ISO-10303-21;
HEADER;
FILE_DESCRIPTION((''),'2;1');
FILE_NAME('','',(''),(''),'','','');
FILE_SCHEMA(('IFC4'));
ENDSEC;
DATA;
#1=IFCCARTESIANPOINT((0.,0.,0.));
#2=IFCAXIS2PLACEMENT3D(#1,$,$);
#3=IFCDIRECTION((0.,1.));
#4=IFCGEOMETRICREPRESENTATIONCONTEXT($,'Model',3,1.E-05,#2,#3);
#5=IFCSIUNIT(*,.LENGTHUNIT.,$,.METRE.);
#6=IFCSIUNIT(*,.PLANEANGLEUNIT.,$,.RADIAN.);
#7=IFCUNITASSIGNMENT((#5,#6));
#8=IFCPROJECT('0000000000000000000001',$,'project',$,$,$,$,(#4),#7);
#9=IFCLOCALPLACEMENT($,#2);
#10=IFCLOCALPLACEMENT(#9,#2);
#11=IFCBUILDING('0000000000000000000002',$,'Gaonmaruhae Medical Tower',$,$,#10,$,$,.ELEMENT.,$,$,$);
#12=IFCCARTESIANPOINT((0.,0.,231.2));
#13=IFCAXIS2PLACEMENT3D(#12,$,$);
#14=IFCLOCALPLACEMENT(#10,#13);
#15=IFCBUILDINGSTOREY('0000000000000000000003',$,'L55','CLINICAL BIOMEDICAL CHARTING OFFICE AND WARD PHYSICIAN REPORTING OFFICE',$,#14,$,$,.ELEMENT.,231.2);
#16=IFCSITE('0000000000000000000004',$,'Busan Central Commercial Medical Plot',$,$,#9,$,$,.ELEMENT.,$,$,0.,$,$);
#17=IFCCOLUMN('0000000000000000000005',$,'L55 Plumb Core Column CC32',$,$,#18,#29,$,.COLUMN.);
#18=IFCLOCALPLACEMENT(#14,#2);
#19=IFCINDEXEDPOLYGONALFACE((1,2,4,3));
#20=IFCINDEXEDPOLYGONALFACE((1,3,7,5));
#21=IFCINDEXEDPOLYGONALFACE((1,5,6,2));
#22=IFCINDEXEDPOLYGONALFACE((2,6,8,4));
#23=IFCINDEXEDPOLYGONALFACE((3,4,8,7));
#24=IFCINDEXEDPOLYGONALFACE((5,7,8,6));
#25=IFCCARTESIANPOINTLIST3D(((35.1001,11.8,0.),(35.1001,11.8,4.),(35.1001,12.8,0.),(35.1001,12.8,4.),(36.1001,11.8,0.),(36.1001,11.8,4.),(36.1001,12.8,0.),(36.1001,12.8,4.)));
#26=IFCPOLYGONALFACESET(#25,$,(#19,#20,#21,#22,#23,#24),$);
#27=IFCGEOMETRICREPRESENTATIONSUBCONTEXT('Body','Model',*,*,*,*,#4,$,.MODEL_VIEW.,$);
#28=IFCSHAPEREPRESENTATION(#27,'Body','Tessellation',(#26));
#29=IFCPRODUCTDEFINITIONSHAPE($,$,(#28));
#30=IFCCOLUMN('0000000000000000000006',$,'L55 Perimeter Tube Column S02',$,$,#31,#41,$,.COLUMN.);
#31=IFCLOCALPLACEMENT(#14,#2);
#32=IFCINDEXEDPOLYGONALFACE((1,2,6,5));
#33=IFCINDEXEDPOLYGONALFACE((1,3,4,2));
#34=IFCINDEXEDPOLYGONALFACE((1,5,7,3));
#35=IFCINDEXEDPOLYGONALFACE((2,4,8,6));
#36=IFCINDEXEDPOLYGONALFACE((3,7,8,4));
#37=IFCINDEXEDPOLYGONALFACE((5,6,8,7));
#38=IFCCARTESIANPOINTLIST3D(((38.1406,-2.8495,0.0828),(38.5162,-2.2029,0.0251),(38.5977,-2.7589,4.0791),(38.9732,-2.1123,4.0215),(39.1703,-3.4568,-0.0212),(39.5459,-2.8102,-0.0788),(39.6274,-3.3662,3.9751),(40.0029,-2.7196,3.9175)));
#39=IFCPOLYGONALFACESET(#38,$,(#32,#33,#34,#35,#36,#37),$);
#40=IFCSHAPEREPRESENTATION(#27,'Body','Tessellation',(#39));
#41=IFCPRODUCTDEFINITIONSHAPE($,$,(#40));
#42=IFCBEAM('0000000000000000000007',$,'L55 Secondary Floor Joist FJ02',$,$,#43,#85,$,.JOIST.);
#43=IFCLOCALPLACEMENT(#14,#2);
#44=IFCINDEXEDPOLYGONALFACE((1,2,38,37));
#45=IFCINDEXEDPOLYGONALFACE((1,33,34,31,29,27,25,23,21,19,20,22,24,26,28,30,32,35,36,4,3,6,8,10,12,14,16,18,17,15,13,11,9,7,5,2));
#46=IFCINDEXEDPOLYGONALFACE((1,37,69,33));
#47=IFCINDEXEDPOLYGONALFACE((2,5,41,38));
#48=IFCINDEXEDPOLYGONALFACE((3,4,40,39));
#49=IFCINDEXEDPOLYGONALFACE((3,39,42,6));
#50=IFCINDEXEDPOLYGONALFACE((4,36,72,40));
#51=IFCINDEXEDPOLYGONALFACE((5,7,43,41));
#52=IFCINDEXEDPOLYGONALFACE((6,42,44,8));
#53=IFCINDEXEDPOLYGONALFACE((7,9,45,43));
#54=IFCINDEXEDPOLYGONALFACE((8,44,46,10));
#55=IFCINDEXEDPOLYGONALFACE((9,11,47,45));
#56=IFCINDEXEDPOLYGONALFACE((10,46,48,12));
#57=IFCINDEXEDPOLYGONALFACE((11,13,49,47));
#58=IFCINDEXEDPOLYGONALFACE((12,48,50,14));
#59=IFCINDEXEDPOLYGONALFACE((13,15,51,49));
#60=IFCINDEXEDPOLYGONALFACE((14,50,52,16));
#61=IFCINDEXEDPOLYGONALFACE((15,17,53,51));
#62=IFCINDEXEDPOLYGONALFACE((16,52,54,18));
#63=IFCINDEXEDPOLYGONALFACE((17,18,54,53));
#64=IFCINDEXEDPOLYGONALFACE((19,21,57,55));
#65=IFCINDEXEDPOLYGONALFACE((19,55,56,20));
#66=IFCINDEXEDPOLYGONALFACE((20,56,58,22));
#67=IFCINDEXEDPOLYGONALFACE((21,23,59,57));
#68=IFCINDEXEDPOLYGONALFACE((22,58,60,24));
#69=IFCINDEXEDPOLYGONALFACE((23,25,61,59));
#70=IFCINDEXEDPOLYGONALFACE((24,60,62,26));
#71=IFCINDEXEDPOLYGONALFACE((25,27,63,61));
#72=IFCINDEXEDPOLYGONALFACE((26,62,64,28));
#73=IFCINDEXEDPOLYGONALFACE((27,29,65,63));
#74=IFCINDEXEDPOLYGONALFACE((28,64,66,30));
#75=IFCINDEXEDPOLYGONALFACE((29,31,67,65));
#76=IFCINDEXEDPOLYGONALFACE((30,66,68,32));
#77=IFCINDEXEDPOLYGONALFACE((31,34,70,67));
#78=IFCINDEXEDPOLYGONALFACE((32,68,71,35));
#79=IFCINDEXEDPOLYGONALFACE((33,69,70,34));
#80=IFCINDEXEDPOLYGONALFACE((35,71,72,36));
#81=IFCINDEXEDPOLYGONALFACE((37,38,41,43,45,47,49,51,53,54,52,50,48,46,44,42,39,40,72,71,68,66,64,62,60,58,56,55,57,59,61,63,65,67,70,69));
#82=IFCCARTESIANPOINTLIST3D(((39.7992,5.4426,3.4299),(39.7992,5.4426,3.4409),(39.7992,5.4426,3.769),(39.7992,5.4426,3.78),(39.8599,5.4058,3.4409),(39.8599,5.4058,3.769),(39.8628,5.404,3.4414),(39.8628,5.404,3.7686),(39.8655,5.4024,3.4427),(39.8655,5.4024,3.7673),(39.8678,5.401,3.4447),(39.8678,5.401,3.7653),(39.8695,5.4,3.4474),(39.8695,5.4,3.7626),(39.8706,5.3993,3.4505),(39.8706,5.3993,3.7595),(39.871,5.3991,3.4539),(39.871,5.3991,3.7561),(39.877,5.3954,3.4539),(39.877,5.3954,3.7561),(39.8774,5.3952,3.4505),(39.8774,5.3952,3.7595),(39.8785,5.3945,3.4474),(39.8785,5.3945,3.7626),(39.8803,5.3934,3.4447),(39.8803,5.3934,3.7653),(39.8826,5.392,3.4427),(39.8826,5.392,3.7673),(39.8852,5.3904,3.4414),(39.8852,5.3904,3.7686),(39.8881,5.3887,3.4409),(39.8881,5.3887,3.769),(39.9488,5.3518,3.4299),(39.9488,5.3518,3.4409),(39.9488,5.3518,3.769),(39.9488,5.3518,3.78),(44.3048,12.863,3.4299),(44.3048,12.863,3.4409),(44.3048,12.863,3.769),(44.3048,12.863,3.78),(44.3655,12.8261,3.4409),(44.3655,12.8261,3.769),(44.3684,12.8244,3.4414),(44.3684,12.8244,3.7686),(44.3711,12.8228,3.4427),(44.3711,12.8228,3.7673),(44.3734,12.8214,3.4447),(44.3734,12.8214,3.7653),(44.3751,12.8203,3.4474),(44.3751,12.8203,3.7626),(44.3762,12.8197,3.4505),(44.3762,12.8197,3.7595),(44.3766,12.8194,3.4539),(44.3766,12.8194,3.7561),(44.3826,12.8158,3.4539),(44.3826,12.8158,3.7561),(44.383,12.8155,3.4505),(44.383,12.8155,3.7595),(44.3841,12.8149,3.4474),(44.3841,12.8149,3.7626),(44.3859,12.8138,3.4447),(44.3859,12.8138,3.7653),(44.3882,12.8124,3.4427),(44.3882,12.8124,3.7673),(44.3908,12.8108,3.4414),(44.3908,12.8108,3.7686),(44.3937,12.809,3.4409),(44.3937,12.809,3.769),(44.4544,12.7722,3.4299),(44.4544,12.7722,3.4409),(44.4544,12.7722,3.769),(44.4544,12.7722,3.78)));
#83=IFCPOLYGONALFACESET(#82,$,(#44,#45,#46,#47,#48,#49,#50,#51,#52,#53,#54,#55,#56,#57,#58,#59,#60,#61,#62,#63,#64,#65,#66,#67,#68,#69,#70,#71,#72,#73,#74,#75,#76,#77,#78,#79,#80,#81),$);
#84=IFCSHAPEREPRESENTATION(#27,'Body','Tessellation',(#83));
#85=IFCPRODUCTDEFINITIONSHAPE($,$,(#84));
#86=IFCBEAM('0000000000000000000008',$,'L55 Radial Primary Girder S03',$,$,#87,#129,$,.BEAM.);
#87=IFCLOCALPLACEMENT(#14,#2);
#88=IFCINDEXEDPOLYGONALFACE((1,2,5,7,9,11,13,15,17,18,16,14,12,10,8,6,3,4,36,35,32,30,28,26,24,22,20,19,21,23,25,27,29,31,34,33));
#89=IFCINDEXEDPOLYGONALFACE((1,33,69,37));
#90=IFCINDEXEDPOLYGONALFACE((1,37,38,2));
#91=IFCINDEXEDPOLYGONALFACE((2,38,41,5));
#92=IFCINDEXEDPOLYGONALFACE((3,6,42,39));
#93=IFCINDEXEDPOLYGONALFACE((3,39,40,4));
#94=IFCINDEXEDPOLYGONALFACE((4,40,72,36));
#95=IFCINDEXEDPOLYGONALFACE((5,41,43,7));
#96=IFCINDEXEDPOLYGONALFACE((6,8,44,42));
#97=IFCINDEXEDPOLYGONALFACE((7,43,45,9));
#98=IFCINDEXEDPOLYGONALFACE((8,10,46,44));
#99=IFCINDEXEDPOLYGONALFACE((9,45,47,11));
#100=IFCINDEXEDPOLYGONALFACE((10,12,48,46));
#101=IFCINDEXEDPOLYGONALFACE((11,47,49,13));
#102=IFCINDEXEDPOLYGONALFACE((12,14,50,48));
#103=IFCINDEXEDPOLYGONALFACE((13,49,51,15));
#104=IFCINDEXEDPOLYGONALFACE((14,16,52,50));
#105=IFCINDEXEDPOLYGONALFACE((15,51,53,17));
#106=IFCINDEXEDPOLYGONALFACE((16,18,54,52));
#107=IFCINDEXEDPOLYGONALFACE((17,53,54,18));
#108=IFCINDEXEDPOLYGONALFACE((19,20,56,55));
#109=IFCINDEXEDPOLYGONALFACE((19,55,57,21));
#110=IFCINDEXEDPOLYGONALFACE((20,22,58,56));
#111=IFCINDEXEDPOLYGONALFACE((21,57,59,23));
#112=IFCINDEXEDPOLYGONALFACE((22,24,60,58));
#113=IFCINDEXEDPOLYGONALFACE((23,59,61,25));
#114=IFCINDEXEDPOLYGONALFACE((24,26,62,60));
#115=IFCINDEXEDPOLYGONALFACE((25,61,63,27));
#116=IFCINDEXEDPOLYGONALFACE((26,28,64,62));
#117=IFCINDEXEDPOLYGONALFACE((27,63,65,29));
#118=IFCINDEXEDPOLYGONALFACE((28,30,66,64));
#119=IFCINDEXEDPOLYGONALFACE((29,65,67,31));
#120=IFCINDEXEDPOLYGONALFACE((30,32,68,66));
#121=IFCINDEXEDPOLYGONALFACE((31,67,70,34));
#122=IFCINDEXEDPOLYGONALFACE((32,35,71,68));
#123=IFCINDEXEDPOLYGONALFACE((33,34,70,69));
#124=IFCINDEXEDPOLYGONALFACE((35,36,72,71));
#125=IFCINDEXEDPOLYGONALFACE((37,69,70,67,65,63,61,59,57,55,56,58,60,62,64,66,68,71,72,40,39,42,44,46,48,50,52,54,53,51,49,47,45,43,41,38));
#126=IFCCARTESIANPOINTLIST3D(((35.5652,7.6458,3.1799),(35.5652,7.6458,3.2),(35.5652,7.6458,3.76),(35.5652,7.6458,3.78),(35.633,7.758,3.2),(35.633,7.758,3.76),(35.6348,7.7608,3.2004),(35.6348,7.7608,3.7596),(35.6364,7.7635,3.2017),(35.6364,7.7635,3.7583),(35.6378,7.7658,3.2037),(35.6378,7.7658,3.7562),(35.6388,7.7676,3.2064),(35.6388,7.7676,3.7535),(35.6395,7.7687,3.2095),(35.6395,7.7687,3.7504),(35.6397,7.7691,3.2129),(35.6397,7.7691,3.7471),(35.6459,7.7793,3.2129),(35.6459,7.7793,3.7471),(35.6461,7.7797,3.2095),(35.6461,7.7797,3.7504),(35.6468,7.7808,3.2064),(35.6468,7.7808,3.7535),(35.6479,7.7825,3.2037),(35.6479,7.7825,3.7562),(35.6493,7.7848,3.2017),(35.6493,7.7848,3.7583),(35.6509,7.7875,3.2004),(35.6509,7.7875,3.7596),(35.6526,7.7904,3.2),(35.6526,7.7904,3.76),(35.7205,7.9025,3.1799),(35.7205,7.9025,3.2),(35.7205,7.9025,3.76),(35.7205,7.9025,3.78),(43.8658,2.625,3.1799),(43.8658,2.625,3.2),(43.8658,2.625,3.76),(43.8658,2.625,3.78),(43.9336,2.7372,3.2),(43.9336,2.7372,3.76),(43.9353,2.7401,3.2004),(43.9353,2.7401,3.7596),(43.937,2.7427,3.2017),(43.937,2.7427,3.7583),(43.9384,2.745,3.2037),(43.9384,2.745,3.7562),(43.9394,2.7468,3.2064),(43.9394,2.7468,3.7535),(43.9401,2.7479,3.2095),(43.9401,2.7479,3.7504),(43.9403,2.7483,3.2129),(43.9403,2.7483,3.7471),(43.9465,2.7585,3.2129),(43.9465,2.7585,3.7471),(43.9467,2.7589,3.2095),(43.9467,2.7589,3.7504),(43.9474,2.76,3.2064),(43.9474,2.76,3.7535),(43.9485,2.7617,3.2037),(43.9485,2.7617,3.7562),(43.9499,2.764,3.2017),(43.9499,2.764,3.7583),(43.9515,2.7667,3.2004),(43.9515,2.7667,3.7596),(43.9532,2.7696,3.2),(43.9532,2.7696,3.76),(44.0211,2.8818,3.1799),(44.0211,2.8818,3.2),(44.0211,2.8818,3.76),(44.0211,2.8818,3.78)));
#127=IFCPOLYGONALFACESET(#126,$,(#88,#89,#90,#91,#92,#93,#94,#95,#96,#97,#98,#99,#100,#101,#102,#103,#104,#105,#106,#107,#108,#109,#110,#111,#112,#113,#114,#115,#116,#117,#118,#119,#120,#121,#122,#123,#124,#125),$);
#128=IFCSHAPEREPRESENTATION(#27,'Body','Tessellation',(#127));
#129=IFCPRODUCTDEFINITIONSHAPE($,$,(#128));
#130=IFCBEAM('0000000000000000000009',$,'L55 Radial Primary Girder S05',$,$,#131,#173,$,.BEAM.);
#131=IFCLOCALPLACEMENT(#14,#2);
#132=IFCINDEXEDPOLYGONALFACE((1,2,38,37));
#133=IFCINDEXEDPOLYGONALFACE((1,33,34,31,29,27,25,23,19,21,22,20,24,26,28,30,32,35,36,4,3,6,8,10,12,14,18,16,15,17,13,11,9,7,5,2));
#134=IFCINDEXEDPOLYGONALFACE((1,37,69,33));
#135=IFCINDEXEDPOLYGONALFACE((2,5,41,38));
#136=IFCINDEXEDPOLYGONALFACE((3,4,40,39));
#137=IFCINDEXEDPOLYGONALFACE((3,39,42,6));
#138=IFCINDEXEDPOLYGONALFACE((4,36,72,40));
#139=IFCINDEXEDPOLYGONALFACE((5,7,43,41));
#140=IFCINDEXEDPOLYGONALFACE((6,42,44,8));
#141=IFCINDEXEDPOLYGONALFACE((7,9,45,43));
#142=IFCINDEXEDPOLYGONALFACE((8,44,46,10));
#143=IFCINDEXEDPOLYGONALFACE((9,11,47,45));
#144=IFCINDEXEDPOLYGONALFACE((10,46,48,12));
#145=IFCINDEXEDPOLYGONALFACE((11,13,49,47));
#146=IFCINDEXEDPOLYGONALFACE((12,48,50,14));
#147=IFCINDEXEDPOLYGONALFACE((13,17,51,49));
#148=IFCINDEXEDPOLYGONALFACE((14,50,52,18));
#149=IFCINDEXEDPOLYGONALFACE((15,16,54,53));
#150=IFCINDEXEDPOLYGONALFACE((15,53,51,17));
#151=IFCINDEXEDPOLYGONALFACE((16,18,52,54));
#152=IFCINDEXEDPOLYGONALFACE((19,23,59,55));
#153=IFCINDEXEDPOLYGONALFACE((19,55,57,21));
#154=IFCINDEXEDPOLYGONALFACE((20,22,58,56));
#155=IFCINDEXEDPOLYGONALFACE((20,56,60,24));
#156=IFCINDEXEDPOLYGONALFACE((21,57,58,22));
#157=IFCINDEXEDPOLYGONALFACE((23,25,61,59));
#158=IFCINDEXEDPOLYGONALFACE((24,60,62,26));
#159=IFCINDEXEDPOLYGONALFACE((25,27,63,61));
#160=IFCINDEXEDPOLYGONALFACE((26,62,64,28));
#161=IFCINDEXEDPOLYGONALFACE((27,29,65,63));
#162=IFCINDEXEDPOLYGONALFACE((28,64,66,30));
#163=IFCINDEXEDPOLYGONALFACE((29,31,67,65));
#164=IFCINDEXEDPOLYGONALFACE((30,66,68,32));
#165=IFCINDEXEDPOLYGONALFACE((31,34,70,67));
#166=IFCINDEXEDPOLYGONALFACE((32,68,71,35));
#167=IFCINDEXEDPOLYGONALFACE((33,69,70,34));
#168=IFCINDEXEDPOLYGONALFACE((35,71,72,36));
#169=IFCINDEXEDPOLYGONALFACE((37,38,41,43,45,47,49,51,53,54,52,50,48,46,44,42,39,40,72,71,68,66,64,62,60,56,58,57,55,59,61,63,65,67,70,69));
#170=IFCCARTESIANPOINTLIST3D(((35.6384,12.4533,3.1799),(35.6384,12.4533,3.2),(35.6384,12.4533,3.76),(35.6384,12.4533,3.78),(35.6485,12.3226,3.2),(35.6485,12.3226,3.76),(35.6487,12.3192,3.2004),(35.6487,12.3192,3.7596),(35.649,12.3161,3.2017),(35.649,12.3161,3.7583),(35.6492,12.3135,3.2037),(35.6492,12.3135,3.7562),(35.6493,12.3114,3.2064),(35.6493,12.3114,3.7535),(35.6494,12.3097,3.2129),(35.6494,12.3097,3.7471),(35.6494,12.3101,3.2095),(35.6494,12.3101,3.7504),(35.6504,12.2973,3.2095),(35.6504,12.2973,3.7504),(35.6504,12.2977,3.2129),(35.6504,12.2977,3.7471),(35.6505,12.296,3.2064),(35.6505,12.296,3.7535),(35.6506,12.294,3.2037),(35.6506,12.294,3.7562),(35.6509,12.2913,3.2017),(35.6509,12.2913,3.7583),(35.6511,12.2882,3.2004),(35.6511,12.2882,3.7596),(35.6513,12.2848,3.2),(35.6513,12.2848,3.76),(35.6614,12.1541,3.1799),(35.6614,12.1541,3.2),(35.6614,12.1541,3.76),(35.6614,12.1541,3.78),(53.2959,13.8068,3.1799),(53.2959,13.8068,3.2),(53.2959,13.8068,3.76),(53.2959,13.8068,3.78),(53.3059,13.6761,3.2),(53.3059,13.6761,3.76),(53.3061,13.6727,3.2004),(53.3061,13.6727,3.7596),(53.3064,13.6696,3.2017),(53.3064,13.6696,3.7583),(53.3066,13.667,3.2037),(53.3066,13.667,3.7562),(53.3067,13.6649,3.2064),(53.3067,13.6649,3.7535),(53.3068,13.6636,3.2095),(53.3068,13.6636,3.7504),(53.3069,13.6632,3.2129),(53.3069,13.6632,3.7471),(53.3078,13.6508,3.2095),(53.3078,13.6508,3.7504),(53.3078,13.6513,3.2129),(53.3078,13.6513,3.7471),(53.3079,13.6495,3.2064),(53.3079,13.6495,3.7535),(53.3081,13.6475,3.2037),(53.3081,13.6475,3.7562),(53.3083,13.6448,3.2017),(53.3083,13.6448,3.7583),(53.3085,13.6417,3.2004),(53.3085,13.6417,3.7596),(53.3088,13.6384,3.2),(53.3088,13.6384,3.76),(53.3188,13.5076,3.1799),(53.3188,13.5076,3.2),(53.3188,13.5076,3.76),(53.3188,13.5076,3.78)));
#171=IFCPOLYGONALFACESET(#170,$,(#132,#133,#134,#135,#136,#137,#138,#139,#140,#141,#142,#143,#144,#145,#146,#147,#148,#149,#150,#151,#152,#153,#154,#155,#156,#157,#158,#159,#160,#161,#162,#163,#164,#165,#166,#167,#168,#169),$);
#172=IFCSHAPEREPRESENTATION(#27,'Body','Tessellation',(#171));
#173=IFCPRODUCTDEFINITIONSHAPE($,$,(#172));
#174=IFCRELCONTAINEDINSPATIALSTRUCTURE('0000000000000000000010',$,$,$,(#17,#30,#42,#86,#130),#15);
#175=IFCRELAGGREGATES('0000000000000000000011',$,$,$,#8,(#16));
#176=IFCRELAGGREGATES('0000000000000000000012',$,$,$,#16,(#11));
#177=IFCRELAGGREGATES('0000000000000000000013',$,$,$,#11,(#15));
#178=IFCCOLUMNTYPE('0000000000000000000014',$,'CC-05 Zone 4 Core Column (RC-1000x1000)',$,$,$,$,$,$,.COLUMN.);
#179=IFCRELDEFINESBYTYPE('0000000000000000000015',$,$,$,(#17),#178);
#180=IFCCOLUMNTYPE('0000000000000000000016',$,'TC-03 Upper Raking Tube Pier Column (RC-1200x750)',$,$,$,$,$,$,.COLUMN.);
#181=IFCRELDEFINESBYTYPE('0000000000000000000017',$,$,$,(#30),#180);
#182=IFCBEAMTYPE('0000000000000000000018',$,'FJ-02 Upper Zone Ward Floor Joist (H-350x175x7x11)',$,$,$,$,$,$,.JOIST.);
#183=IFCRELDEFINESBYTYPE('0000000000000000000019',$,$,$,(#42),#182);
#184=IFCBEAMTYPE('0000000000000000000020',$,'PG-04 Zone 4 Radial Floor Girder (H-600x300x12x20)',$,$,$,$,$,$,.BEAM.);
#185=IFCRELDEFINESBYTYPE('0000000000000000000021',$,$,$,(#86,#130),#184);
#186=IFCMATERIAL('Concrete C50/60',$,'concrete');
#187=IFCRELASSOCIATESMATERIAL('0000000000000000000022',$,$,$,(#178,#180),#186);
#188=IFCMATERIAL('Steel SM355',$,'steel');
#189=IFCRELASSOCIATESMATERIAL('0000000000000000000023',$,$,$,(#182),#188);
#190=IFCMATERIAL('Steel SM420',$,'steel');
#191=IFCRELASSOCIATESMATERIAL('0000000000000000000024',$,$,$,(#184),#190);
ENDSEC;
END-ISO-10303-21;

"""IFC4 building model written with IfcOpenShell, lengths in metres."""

from ifc_helpers import new_model, si_unit, direction, frame, origin, origin_2d, place, context, subcontext, project, spatial, rectangle, i_section, extrude, material, material_profile, profile_set, type_object, element, save


model = new_model("IFC4")

# Units and contexts
model_context = context("Model", 3, precision=1e-05, world=origin(), true_north=direction((0.0, 1.0)))
body_context = subcontext(model_context, "Body", "Model", "MODEL_VIEW")
ifc_project = project(units=[si_unit("LENGTHUNIT", "METRE"), si_unit("PLANEANGLEUNIT", "RADIAN")], contexts=[model_context])

# Site, building, storey
site_placement = place(None, origin())
site = spatial("IfcSite", under=ifc_project, at=site_placement, Name="Busan Central Commercial Medical Plot", CompositionType="ELEMENT", RefElevation=0.0)
building_placement = place(site_placement, origin())
building = spatial("IfcBuilding", under=site, at=building_placement, Name="Gaonmaruhae Medical Tower", CompositionType="ELEMENT")
storey_placement = place(building_placement, frame((0.0, 0.0, 231.2)))
storey = spatial("IfcBuildingStorey", under=building, at=storey_placement, Name="L55", Description="CLINICAL BIOMEDICAL CHARTING OFFICE AND WARD PHYSICIAN REPORTING OFFICE", CompositionType="ELEMENT", Elevation=231.2)

# Columns
ifc_material_1 = material(Name="Concrete C50/60", Category="concrete")
ifc_material_profile_1 = material_profile(ifc_material_1, rectangle(XDim=1.0, YDim=1.0, at=origin_2d()), Name="RC-1000x1000")
ifc_profile_set_1 = profile_set([ifc_material_profile_1], Name="Concrete C50/60")
column_type_1 = type_object("IfcColumnType", Name="CC-05 Zone 4 Core Column (RC-1000x1000)", PredefinedType="COLUMN", material=ifc_profile_set_1)
column_1_placement = place(storey_placement, frame((35.6001, 12.3, 0.0), z_axis=(0.0, 0.0, 1.0), x_axis=(1.0, 0.0, 0.0)))
element("IfcColumn", 1, at=column_1_placement, inside=storey, type_object=column_type_1, Name="L55 Plumb Core Column CC32", PredefinedType="COLUMN", context=body_context, shape_type="SweptSolid", body=[
    extrude(rectangle(XDim=1.0, YDim=1.0, at=origin_2d()), origin(), (0.0, 0.0, 1.0), 4.0),
])
ifc_material_profile_2 = material_profile(ifc_material_1, rectangle(XDim=1.2, YDim=0.75, at=origin_2d()), Name="RC-1200x750")
ifc_profile_set_2 = profile_set([ifc_material_profile_2], Name="Concrete C50/60")
column_type_2 = type_object("IfcColumnType", Name="TC-03 Upper Raking Tube Pier Column (RC-1200x750)", PredefinedType="COLUMN", material=ifc_profile_set_2)
column_2_placement = place(storey_placement, frame((38.8433, -2.8298, 0.002), z_axis=(0.113593, 0.022512, 0.993272), x_axis=(-0.858103, 0.506112, 0.086664)))
element("IfcColumn", 2, at=column_2_placement, inside=storey, type_object=column_type_2, Name="L55 Perimeter Tube Column S02", PredefinedType="COLUMN", context=body_context, shape_type="SweptSolid", body=[
    extrude(rectangle(XDim=1.2, YDim=0.75, at=origin_2d()), origin(), (0.0, 0.0, 1.0), 4.0234),
])

# Beams
ifc_material_2 = material(Name="Steel SM355", Category="steel")
ifc_material_profile_3 = material_profile(ifc_material_2, i_section(OverallWidth=0.175, OverallDepth=0.3501, WebThickness=0.0071, FlangeThickness=0.011, FilletRadius=0.0129, at=origin_2d()), Name="H-350x175x7x11")
ifc_profile_set_3 = profile_set([ifc_material_profile_3], Name="Steel SM355")
beam_type_1 = type_object("IfcBeamType", Name="FJ-02 Upper Zone Ward Floor Joist (H-350x175x7x11)", PredefinedType="JOIST", material=ifc_profile_set_3)
beam_1_placement = place(storey_placement, frame((39.874, 5.3972, 3.605), z_axis=(0.519009, 0.854769, 0.0), x_axis=(-0.854769, 0.519009, 0.0)))
element("IfcBeam", 3, at=beam_1_placement, inside=storey, type_object=beam_type_1, Name="L55 Secondary Floor Joist FJ02", PredefinedType="JOIST", context=body_context, shape_type="SweptSolid", body=[
    extrude(i_section(OverallWidth=0.175, OverallDepth=0.3501, WebThickness=0.0071, FlangeThickness=0.011, FilletRadius=0.0129, at=origin_2d()), origin(), (0.0, 0.0, 1.0), 8.6812),
])
ifc_material_3 = material(Name="Steel SM420", Category="steel")
ifc_material_profile_4 = material_profile(ifc_material_3, i_section(OverallWidth=0.3, OverallDepth=0.6001, WebThickness=0.012, FlangeThickness=0.02, FilletRadius=0.0129, at=origin_2d()), Name="H-600x300x12x20")
ifc_profile_set_4 = profile_set([ifc_material_profile_4], Name="Steel SM420")
beam_type_2 = type_object("IfcBeamType", Name="PG-04 Zone 4 Radial Floor Girder (H-600x300x12x20)", PredefinedType="BEAM", material=ifc_profile_set_4)
beam_2_placement = place(storey_placement, frame((35.6428, 7.7742, 3.48), z_axis=(0.855649, -0.517557, 0.0), x_axis=(0.517557, 0.855649, 0.0)))
element("IfcBeam", 4, at=beam_2_placement, inside=storey, type_object=beam_type_2, Name="L55 Radial Primary Girder S03", PredefinedType="BEAM", context=body_context, shape_type="SweptSolid", body=[
    extrude(i_section(OverallWidth=0.3, OverallDepth=0.6001, WebThickness=0.012, FlangeThickness=0.02, FilletRadius=0.0129, at=origin_2d()), origin(), (0.0, 0.0, 1.0), 9.7009),
])
beam_3_placement = place(storey_placement, frame((35.6499, 12.3037, 3.48), z_axis=(0.997075, 0.07643, 0.0), x_axis=(-0.07643, 0.997075, 0.0)))
element("IfcBeam", 5, at=beam_3_placement, inside=storey, type_object=beam_type_2, Name="L55 Radial Primary Girder S05", PredefinedType="BEAM", context=body_context, shape_type="SweptSolid", body=[
    extrude(i_section(OverallWidth=0.3, OverallDepth=0.6001, WebThickness=0.012, FlangeThickness=0.02, FilletRadius=0.0129, at=origin_2d()), origin(), (0.0, 0.0, 1.0), 17.7092),
])

save(model, "model.ifc")
